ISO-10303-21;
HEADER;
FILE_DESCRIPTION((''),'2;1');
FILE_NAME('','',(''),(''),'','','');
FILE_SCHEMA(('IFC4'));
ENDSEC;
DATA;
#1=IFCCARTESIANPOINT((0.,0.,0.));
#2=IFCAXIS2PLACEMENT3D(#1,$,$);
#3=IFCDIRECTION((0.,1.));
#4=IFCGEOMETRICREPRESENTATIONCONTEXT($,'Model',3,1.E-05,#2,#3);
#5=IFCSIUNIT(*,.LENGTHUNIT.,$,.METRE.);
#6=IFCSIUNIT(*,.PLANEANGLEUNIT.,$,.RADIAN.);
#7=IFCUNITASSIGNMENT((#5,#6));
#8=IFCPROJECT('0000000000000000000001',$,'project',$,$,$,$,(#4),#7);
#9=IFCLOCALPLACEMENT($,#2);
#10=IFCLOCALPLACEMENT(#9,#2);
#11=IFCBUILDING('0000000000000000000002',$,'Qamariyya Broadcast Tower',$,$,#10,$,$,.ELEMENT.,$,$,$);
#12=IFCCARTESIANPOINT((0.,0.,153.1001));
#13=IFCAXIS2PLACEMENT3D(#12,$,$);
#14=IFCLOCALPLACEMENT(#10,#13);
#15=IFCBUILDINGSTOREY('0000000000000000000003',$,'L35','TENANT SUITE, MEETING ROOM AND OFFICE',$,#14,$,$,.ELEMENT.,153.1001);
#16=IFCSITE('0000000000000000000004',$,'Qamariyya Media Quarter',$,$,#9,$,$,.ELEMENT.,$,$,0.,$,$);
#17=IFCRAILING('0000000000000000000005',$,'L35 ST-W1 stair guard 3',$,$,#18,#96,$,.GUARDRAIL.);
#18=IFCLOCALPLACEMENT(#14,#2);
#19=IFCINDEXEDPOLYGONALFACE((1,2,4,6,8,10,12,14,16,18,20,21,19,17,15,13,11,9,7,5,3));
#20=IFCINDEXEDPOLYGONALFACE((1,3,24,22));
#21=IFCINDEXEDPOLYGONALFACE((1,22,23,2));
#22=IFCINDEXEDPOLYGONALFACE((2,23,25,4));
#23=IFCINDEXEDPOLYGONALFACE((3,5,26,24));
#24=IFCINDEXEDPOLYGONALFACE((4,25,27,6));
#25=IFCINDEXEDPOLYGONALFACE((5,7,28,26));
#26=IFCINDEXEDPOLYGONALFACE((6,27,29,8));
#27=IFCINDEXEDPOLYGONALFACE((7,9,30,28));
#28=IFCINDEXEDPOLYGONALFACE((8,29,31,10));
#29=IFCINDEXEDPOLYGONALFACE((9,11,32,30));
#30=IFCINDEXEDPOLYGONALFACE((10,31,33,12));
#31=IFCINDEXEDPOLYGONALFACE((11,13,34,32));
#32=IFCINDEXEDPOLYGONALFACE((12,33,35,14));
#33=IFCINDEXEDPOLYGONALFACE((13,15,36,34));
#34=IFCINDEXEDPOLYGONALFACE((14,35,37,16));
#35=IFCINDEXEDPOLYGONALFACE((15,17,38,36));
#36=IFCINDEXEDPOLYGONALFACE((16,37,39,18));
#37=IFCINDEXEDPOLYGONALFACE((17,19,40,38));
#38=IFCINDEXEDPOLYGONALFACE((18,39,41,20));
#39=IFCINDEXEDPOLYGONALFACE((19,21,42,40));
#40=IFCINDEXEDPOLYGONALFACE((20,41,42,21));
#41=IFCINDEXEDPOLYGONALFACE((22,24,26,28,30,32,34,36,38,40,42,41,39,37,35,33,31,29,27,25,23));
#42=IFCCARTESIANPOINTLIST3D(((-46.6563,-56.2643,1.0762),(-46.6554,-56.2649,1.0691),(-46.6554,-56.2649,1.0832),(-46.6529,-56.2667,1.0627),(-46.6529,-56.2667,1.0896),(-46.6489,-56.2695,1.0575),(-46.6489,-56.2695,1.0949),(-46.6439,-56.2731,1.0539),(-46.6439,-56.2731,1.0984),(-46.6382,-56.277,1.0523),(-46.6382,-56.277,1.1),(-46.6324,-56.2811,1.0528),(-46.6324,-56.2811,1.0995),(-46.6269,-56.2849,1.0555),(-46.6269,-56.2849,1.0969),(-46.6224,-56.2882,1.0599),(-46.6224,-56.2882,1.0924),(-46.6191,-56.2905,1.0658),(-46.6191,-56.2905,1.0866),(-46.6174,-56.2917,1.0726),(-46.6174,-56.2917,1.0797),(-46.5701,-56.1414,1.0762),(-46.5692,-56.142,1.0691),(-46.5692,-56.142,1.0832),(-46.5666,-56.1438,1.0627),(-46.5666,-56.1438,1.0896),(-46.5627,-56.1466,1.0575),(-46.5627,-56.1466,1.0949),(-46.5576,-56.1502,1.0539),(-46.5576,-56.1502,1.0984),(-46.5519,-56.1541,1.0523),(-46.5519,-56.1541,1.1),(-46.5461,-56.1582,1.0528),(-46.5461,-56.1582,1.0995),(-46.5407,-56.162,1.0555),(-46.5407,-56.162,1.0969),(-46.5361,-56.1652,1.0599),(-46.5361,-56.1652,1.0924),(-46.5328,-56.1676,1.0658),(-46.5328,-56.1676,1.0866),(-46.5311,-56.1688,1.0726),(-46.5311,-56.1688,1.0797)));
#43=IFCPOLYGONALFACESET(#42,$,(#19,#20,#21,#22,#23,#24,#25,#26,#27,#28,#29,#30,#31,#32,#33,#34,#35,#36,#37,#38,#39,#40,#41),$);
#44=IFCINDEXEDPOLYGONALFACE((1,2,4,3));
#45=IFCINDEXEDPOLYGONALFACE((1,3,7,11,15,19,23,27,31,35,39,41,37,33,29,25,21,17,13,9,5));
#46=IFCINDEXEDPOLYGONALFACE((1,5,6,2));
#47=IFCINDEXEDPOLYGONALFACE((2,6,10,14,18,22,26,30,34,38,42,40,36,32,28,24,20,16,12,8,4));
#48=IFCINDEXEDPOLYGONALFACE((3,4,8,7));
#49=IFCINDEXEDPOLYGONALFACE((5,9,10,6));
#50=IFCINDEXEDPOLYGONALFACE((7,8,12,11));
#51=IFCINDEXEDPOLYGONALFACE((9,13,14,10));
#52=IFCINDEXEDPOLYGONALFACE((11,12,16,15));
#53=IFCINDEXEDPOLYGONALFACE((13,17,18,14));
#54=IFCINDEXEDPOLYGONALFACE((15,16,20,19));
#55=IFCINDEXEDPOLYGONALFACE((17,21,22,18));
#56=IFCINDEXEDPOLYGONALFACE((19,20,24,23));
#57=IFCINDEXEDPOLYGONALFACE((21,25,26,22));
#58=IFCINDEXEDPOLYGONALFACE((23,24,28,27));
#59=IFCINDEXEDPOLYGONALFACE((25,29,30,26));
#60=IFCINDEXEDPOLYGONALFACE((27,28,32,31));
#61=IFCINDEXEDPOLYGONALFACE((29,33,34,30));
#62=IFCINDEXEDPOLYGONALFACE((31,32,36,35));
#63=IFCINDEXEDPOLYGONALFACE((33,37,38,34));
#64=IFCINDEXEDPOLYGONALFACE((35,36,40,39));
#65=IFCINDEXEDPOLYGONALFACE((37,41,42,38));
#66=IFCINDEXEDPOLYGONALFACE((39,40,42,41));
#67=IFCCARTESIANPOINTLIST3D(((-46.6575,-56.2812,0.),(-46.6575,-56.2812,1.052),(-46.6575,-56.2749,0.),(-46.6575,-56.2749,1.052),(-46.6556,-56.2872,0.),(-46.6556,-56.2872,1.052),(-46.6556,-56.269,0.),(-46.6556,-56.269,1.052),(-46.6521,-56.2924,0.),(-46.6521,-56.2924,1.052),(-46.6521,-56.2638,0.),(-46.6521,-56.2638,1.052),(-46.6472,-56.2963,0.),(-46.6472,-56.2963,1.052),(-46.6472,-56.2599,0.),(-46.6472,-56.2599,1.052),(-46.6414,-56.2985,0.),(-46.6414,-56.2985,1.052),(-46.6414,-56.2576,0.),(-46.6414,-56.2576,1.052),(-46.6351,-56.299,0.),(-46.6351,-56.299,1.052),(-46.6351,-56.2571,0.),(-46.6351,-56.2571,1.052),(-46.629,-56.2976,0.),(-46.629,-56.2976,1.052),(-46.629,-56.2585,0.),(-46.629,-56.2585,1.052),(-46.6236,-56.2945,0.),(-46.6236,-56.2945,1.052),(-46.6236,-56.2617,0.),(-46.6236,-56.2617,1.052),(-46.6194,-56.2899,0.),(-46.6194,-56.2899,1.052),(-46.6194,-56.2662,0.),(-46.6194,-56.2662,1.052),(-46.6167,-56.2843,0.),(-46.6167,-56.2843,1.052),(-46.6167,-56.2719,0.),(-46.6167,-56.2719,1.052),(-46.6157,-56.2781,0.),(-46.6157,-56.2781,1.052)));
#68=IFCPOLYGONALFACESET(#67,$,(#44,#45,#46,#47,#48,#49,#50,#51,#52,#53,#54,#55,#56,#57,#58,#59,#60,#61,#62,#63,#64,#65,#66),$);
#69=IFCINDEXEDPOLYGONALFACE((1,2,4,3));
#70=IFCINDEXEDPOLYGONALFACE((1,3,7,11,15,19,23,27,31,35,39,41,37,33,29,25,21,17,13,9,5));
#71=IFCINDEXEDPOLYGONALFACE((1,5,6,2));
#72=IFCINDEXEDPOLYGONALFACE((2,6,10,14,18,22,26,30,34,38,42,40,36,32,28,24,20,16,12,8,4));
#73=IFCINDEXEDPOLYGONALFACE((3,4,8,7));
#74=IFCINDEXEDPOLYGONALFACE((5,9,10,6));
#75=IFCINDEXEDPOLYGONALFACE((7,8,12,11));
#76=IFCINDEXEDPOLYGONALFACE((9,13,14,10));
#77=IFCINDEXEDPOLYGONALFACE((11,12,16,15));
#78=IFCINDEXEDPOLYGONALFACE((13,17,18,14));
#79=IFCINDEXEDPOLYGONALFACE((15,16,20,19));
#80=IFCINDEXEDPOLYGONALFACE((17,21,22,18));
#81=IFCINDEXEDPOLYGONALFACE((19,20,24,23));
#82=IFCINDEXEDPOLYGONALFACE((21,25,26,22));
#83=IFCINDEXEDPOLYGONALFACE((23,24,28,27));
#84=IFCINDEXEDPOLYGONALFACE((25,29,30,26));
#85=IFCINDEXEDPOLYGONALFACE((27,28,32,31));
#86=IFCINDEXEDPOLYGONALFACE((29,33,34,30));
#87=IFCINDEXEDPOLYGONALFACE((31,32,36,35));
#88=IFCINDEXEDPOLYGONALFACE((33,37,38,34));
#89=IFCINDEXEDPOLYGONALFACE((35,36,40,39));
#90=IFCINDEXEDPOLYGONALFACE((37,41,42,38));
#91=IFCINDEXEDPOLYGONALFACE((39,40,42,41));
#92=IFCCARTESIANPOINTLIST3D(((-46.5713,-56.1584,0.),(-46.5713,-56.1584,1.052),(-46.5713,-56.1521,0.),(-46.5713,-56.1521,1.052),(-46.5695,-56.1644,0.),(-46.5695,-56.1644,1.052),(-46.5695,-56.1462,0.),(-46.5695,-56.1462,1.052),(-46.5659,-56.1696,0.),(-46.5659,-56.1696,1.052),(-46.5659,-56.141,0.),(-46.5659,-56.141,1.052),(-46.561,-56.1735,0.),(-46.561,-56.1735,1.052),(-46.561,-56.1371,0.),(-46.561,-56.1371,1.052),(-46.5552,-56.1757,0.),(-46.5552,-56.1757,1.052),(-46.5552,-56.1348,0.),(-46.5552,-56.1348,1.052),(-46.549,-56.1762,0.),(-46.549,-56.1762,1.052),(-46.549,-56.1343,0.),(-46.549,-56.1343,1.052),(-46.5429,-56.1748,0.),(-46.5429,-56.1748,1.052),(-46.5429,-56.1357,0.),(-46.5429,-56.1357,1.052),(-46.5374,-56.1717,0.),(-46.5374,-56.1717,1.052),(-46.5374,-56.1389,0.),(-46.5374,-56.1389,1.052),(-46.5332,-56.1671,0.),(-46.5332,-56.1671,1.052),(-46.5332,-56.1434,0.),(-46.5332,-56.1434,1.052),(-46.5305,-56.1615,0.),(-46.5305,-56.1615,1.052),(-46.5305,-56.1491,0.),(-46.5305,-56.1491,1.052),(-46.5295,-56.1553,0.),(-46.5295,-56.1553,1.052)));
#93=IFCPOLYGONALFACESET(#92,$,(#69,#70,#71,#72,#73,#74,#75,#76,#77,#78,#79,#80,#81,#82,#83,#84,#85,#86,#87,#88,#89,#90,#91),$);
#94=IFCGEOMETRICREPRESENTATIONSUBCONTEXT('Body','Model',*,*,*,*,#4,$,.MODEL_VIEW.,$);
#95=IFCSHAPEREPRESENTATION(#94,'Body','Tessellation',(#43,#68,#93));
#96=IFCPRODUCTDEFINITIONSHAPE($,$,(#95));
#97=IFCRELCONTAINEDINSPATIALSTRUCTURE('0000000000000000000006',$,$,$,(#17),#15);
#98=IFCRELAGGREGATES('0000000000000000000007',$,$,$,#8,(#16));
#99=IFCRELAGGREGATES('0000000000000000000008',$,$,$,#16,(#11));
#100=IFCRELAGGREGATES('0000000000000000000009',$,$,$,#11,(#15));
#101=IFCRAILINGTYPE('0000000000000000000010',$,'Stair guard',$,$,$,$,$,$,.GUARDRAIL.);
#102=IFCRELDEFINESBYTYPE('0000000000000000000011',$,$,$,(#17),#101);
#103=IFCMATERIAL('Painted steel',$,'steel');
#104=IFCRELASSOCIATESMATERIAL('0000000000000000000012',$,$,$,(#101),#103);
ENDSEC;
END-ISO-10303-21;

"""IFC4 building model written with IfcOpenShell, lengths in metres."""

from ifc_helpers import new_model, si_unit, direction, frame, origin, origin_2d, place, context, subcontext, project, spatial, circle, extrude, material, type_object, element, save


model = new_model("IFC4")

# Units and contexts
model_context = context("Model", 3, precision=1e-05, world=origin(), true_north=direction((0.0, 1.0)))
body_context = subcontext(model_context, "Body", "Model", "MODEL_VIEW")
ifc_project = project(units=[si_unit("LENGTHUNIT", "METRE"), si_unit("PLANEANGLEUNIT", "RADIAN")], contexts=[model_context])

# Site, building, storey
site_placement = place(None, origin())
site = spatial("IfcSite", under=ifc_project, at=site_placement, Name="Qamariyya Media Quarter", CompositionType="ELEMENT", RefElevation=0.0)
building_placement = place(site_placement, origin())
building = spatial("IfcBuilding", under=site, at=building_placement, Name="Qamariyya Broadcast Tower", CompositionType="ELEMENT")
storey_placement = place(building_placement, frame((0.0, 0.0, 153.1001)))
storey = spatial("IfcBuildingStorey", under=building, at=storey_placement, Name="L35", Description="TENANT SUITE, MEETING ROOM AND OFFICE", CompositionType="ELEMENT", Elevation=153.1001)

# Railing
ifc_material_1 = material(Name="Painted steel", Category="steel")
railing_type_1 = type_object("IfcRailingType", Name="Stair guard", PredefinedType="GUARDRAIL", material=ifc_material_1)
railing_1_placement = place(storey_placement, frame((-46.6367, -56.2781, 0.0)))
element("IfcRailing", 1, at=railing_1_placement, inside=storey, type_object=railing_type_1, Name="L35 ST-W1 stair guard 3", PredefinedType="GUARDRAIL", context=body_context, shape_type="SweptSolid", body=[
    extrude(circle(Radius=0.0239, at=origin_2d()), frame((0.0, 0.0, 1.0762), z_axis=(0.574445, 0.818543, 0.0), x_axis=(-0.818543, 0.574445, 0.0)), (0.0, 0.0, 1.0), 0.1501),
    extrude(circle(Radius=0.021, at=origin_2d()), origin(), (0.0, 0.0, 1.0), 1.052),
    extrude(circle(Radius=0.021, at=origin_2d()), frame((0.0862, 0.1228, 0.0)), (0.0, 0.0, 1.0), 1.052),
])

save(model, "model.ifc")
